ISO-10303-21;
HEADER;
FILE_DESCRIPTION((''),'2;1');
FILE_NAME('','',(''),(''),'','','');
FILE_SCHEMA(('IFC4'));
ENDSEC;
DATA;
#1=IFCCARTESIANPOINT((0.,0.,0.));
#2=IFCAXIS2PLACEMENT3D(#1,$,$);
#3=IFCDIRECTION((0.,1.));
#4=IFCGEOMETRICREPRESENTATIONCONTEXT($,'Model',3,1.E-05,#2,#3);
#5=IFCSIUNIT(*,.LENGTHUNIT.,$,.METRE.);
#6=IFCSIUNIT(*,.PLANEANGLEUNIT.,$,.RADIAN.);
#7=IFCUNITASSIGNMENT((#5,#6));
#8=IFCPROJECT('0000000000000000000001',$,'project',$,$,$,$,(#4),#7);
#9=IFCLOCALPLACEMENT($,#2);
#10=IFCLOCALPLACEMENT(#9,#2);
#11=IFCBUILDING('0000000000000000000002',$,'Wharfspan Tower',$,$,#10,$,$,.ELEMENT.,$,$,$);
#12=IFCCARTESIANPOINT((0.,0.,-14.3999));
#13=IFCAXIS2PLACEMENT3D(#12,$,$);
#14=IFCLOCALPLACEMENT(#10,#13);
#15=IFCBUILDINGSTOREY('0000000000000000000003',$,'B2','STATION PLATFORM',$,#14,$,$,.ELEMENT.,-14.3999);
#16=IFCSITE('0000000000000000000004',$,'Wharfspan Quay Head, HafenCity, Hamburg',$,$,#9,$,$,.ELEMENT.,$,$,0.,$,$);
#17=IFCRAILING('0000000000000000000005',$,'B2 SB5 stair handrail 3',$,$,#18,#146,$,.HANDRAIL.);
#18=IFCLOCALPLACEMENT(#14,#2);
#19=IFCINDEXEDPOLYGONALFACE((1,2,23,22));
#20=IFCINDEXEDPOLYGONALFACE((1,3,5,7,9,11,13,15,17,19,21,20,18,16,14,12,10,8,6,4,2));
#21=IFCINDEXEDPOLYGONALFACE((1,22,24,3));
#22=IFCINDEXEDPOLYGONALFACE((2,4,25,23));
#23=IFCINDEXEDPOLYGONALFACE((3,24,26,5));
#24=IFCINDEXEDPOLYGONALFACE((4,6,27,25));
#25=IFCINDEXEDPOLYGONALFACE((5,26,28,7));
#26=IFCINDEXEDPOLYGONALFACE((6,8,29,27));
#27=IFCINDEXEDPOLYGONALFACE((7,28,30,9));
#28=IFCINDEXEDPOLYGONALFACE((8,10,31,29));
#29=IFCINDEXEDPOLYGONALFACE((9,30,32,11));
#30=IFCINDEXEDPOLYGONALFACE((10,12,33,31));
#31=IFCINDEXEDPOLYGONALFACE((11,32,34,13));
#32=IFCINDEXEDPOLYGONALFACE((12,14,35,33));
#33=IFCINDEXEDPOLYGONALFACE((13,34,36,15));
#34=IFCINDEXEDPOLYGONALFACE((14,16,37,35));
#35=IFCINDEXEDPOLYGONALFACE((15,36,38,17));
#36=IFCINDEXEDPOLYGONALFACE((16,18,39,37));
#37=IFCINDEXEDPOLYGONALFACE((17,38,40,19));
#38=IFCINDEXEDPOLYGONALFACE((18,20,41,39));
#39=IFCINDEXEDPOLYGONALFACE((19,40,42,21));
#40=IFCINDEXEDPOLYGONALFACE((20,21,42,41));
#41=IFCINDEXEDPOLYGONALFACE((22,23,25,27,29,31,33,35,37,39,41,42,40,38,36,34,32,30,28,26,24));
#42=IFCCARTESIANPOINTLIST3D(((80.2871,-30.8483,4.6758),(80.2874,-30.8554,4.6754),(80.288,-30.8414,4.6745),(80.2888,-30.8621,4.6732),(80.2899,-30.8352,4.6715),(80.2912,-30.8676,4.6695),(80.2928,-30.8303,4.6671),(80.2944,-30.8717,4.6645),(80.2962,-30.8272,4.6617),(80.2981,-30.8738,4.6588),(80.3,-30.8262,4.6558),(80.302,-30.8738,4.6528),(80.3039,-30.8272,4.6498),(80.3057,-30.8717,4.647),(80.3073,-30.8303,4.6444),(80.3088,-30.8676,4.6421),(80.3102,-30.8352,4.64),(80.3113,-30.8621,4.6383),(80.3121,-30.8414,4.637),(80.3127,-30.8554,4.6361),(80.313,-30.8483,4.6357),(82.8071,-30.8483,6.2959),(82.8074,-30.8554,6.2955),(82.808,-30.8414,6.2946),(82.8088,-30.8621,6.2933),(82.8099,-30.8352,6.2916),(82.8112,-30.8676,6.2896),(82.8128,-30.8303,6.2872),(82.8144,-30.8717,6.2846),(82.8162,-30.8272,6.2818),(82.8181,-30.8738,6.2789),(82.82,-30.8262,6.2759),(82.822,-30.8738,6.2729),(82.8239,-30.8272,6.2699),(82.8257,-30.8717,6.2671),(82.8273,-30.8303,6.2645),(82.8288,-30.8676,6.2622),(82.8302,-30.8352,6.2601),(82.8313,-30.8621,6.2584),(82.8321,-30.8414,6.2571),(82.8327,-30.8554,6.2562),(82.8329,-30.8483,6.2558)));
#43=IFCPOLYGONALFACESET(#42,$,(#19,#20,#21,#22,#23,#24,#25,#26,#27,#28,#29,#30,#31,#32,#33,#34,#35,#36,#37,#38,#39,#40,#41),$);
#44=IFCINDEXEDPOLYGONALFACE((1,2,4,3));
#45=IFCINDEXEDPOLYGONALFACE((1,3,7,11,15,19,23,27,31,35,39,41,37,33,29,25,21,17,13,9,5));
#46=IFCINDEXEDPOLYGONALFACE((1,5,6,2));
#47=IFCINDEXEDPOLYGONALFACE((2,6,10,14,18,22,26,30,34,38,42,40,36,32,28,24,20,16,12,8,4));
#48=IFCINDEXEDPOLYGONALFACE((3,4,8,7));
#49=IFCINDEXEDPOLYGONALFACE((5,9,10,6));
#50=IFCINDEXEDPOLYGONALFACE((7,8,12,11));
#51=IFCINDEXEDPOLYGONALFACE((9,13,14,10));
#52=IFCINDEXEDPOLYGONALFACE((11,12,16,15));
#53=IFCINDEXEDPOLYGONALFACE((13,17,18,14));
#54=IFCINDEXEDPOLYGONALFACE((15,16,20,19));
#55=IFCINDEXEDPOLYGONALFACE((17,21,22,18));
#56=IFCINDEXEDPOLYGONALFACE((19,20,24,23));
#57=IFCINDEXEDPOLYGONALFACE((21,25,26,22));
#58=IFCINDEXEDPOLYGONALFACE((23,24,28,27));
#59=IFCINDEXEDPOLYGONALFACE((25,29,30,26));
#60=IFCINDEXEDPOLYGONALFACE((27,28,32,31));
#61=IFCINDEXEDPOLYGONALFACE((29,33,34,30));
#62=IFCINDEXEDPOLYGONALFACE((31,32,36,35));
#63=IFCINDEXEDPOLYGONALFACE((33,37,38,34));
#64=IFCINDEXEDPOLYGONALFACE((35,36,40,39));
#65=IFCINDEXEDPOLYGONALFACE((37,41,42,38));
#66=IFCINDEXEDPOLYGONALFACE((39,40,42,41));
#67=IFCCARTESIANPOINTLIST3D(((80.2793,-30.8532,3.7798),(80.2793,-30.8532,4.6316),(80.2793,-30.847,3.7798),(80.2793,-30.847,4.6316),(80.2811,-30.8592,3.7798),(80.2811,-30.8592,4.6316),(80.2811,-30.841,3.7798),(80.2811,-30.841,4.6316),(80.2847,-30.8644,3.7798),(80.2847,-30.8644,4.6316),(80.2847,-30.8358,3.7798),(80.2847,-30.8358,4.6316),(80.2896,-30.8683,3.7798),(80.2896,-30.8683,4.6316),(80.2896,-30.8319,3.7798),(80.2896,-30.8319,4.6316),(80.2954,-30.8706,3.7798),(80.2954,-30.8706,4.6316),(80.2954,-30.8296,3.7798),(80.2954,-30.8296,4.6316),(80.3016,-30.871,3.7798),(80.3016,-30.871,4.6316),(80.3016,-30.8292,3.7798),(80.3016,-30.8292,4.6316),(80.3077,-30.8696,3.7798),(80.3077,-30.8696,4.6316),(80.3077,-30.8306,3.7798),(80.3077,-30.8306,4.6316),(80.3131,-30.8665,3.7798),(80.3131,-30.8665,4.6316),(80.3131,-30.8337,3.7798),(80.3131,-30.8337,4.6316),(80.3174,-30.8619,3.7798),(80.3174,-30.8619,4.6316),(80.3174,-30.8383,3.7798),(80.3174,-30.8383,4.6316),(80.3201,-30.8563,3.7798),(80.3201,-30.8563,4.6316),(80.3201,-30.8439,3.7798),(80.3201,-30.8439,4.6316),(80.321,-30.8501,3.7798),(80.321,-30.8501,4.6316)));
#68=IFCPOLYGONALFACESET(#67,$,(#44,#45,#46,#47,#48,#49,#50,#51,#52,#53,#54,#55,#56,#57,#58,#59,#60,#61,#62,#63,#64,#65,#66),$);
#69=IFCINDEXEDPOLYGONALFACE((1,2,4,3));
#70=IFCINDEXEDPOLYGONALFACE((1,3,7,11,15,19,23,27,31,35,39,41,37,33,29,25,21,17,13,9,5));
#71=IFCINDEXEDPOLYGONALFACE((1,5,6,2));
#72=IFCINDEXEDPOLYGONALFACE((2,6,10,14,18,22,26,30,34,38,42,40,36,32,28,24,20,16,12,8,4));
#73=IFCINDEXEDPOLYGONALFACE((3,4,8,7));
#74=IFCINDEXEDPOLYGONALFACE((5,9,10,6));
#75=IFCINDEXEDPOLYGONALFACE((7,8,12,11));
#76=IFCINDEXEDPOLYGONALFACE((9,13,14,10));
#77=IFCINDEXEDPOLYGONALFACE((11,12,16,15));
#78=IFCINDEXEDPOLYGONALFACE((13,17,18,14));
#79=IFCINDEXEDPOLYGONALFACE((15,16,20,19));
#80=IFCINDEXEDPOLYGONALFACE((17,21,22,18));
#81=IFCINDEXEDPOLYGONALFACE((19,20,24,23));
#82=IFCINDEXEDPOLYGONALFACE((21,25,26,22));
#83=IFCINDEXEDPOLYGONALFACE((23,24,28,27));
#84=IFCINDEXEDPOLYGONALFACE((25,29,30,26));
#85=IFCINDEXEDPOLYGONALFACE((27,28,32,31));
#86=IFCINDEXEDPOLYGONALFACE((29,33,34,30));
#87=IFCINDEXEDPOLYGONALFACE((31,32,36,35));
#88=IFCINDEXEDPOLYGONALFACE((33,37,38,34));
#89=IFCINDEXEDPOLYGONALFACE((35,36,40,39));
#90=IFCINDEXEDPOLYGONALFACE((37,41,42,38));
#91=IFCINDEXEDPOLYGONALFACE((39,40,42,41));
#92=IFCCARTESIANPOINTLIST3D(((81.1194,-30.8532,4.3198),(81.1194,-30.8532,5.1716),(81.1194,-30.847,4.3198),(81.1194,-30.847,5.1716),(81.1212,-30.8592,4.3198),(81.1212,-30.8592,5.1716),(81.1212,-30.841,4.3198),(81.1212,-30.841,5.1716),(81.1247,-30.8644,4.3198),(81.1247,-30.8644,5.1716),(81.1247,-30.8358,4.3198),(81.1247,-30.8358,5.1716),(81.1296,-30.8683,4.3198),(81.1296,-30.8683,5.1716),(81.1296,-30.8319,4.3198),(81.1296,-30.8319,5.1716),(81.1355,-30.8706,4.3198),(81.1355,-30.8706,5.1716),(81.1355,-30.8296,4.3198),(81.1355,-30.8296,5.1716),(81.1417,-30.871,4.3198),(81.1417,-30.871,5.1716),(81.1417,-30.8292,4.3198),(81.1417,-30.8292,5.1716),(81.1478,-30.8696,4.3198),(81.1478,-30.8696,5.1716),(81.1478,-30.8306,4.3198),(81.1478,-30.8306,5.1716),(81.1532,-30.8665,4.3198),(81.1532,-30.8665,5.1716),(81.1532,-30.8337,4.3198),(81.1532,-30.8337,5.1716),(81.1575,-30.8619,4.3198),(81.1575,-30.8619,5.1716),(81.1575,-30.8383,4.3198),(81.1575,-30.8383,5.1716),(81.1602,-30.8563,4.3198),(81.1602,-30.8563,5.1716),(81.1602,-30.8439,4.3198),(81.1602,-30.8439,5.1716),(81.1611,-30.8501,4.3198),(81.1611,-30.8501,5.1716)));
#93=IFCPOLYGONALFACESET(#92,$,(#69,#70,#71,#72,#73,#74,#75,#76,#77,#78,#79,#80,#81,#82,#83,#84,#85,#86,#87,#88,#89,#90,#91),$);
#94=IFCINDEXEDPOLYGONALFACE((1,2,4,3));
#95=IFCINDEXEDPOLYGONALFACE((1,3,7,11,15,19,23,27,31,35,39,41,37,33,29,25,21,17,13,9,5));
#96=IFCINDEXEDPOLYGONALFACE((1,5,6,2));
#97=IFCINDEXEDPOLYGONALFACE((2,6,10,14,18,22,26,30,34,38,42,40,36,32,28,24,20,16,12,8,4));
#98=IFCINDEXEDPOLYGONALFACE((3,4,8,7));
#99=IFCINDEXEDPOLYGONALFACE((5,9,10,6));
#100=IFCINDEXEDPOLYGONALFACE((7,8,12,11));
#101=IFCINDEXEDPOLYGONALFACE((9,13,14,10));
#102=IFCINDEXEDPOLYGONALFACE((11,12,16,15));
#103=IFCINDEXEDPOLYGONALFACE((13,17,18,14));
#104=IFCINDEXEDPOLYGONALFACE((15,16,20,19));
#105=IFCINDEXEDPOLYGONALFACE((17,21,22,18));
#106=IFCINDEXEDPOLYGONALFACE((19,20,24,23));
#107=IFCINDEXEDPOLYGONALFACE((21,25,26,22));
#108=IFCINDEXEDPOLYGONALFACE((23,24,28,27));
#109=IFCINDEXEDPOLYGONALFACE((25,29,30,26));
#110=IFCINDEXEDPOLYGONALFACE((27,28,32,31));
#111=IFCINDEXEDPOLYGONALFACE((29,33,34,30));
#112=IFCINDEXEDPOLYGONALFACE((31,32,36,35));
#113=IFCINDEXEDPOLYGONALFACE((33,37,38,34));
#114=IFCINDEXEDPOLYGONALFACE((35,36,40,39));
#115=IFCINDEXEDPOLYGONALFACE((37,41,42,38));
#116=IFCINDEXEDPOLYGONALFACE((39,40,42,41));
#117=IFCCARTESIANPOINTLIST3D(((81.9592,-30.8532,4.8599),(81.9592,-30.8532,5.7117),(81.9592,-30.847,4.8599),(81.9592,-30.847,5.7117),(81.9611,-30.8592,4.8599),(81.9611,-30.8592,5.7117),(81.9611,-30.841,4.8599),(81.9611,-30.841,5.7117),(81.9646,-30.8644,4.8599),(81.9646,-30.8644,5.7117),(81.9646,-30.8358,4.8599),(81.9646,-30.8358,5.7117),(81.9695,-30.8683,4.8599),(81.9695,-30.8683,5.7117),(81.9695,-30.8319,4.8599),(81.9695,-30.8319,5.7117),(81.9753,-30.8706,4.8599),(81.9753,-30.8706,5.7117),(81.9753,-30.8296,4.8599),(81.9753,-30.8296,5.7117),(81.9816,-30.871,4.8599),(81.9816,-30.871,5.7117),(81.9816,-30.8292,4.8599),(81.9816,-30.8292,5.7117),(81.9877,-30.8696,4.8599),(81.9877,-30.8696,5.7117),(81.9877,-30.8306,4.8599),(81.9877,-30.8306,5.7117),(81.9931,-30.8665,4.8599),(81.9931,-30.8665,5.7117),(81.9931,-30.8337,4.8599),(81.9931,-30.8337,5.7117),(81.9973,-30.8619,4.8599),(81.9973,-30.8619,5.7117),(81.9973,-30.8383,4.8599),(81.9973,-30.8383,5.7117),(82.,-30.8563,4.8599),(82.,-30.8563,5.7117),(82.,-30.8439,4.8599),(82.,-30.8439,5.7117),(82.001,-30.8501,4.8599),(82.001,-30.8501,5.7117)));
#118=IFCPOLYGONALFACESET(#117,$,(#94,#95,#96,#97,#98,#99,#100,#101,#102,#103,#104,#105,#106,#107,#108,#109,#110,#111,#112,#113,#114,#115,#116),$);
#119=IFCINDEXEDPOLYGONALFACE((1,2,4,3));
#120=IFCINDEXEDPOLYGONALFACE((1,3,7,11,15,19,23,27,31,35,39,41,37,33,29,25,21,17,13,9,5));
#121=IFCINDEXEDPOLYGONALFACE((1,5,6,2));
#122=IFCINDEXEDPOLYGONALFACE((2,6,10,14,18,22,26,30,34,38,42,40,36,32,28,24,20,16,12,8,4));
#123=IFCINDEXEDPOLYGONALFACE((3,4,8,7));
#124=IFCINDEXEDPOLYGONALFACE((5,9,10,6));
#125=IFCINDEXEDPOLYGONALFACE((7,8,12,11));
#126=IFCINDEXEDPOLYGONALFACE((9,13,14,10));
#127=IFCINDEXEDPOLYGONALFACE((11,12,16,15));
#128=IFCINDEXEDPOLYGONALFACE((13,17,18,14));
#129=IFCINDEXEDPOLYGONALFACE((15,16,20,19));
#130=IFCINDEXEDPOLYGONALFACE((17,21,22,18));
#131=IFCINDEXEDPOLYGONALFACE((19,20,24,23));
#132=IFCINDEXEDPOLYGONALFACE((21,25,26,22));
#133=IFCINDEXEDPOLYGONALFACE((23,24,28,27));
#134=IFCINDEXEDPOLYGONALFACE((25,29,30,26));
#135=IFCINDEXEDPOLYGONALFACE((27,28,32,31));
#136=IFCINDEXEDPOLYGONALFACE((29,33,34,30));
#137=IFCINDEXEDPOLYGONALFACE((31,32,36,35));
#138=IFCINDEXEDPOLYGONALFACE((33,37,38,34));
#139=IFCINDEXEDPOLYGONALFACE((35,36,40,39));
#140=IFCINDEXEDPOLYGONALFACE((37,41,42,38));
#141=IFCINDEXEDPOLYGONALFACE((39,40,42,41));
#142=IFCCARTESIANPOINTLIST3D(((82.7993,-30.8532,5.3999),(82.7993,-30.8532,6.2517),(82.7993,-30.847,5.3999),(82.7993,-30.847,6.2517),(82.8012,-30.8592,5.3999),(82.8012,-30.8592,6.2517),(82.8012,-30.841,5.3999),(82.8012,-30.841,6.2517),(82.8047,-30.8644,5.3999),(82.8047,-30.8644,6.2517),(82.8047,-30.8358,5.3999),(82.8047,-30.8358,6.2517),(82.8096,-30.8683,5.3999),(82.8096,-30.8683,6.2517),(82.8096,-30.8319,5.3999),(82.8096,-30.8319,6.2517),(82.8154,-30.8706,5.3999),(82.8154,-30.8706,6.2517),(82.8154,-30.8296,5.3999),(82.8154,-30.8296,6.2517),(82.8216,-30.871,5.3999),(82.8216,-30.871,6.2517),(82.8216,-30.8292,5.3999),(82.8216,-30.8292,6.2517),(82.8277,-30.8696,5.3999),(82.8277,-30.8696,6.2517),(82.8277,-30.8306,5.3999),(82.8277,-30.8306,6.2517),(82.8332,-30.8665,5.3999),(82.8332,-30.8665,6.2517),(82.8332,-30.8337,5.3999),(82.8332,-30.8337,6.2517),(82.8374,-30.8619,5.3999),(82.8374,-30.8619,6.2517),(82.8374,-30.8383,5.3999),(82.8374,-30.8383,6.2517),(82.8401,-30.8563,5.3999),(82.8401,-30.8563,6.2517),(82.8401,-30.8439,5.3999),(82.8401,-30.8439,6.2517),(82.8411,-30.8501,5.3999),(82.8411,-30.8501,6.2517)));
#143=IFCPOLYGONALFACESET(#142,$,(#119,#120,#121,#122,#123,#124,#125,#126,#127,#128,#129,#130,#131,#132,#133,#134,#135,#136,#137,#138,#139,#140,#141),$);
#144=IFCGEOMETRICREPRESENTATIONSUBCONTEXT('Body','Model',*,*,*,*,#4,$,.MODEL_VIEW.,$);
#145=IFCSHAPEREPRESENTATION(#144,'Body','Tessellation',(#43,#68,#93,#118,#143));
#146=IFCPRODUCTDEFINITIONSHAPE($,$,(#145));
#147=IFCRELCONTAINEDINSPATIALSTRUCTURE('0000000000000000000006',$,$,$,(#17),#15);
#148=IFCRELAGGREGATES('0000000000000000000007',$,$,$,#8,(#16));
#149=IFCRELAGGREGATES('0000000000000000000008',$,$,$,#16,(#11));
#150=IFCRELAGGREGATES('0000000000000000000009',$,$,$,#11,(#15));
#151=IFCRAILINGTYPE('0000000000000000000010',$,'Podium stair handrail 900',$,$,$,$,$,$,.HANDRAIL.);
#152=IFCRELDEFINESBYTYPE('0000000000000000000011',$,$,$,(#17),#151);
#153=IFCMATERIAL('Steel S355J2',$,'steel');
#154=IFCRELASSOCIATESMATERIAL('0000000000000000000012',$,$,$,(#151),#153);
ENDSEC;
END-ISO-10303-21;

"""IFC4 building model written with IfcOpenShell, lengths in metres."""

from ifc_helpers import new_model, si_unit, direction, frame, origin, origin_2d, place, context, subcontext, project, spatial, circle, extrude, material, type_object, element, save


model = new_model("IFC4")

# Units and contexts
model_context = context("Model", 3, precision=1e-05, world=origin(), true_north=direction((0.0, 1.0)))
body_context = subcontext(model_context, "Body", "Model", "MODEL_VIEW")
ifc_project = project(units=[si_unit("LENGTHUNIT", "METRE"), si_unit("PLANEANGLEUNIT", "RADIAN")], contexts=[model_context])

# Site, building, storey
site_placement = place(None, origin())
site = spatial("IfcSite", under=ifc_project, at=site_placement, Name="Wharfspan Quay Head, HafenCity, Hamburg", CompositionType="ELEMENT", RefElevation=0.0)
building_placement = place(site_placement, origin())
building = spatial("IfcBuilding", under=site, at=building_placement, Name="Wharfspan Tower", CompositionType="ELEMENT")
storey_placement = place(building_placement, frame((0.0, 0.0, -14.3999)))
storey = spatial("IfcBuildingStorey", under=building, at=storey_placement, Name="B2", Description="STATION PLATFORM", CompositionType="ELEMENT", Elevation=-14.3999)

# Railing
ifc_material_1 = material(Name="Steel S355J2", Category="steel")
railing_type_1 = type_object("IfcRailingType", Name="Podium stair handrail 900", PredefinedType="HANDRAIL", material=ifc_material_1)
railing_1_placement = place(storey_placement, frame((80.3, -30.8501, 3.7798)))
element("IfcRailing", 1, at=railing_1_placement, inside=storey, type_object=railing_type_1, Name="B2 SB5 stair handrail 3", PredefinedType="HANDRAIL", context=body_context, shape_type="SweptSolid", body=[
    extrude(circle(Radius=0.0239, at=origin_2d()), frame((0.0, 0.0, 0.876), z_axis=(0.841163, 0.0, 0.540782), x_axis=(0.0, 1.0, 0.0)), (0.0, 0.0, 1.0), 2.9958),
    extrude(circle(Radius=0.021, at=origin_2d()), origin(), (0.0, 0.0, 1.0), 0.8518),
    extrude(circle(Radius=0.021, at=origin_2d()), frame((0.8401, 0.0, 0.54)), (0.0, 0.0, 1.0), 0.8518),
    extrude(circle(Radius=0.021, at=origin_2d()), frame((1.6799, 0.0, 1.0801)), (0.0, 0.0, 1.0), 0.8518),
    extrude(circle(Radius=0.021, at=origin_2d()), frame((2.52, 0.0, 1.6201)), (0.0, 0.0, 1.0), 0.8518),
])

save(model, "model.ifc")
